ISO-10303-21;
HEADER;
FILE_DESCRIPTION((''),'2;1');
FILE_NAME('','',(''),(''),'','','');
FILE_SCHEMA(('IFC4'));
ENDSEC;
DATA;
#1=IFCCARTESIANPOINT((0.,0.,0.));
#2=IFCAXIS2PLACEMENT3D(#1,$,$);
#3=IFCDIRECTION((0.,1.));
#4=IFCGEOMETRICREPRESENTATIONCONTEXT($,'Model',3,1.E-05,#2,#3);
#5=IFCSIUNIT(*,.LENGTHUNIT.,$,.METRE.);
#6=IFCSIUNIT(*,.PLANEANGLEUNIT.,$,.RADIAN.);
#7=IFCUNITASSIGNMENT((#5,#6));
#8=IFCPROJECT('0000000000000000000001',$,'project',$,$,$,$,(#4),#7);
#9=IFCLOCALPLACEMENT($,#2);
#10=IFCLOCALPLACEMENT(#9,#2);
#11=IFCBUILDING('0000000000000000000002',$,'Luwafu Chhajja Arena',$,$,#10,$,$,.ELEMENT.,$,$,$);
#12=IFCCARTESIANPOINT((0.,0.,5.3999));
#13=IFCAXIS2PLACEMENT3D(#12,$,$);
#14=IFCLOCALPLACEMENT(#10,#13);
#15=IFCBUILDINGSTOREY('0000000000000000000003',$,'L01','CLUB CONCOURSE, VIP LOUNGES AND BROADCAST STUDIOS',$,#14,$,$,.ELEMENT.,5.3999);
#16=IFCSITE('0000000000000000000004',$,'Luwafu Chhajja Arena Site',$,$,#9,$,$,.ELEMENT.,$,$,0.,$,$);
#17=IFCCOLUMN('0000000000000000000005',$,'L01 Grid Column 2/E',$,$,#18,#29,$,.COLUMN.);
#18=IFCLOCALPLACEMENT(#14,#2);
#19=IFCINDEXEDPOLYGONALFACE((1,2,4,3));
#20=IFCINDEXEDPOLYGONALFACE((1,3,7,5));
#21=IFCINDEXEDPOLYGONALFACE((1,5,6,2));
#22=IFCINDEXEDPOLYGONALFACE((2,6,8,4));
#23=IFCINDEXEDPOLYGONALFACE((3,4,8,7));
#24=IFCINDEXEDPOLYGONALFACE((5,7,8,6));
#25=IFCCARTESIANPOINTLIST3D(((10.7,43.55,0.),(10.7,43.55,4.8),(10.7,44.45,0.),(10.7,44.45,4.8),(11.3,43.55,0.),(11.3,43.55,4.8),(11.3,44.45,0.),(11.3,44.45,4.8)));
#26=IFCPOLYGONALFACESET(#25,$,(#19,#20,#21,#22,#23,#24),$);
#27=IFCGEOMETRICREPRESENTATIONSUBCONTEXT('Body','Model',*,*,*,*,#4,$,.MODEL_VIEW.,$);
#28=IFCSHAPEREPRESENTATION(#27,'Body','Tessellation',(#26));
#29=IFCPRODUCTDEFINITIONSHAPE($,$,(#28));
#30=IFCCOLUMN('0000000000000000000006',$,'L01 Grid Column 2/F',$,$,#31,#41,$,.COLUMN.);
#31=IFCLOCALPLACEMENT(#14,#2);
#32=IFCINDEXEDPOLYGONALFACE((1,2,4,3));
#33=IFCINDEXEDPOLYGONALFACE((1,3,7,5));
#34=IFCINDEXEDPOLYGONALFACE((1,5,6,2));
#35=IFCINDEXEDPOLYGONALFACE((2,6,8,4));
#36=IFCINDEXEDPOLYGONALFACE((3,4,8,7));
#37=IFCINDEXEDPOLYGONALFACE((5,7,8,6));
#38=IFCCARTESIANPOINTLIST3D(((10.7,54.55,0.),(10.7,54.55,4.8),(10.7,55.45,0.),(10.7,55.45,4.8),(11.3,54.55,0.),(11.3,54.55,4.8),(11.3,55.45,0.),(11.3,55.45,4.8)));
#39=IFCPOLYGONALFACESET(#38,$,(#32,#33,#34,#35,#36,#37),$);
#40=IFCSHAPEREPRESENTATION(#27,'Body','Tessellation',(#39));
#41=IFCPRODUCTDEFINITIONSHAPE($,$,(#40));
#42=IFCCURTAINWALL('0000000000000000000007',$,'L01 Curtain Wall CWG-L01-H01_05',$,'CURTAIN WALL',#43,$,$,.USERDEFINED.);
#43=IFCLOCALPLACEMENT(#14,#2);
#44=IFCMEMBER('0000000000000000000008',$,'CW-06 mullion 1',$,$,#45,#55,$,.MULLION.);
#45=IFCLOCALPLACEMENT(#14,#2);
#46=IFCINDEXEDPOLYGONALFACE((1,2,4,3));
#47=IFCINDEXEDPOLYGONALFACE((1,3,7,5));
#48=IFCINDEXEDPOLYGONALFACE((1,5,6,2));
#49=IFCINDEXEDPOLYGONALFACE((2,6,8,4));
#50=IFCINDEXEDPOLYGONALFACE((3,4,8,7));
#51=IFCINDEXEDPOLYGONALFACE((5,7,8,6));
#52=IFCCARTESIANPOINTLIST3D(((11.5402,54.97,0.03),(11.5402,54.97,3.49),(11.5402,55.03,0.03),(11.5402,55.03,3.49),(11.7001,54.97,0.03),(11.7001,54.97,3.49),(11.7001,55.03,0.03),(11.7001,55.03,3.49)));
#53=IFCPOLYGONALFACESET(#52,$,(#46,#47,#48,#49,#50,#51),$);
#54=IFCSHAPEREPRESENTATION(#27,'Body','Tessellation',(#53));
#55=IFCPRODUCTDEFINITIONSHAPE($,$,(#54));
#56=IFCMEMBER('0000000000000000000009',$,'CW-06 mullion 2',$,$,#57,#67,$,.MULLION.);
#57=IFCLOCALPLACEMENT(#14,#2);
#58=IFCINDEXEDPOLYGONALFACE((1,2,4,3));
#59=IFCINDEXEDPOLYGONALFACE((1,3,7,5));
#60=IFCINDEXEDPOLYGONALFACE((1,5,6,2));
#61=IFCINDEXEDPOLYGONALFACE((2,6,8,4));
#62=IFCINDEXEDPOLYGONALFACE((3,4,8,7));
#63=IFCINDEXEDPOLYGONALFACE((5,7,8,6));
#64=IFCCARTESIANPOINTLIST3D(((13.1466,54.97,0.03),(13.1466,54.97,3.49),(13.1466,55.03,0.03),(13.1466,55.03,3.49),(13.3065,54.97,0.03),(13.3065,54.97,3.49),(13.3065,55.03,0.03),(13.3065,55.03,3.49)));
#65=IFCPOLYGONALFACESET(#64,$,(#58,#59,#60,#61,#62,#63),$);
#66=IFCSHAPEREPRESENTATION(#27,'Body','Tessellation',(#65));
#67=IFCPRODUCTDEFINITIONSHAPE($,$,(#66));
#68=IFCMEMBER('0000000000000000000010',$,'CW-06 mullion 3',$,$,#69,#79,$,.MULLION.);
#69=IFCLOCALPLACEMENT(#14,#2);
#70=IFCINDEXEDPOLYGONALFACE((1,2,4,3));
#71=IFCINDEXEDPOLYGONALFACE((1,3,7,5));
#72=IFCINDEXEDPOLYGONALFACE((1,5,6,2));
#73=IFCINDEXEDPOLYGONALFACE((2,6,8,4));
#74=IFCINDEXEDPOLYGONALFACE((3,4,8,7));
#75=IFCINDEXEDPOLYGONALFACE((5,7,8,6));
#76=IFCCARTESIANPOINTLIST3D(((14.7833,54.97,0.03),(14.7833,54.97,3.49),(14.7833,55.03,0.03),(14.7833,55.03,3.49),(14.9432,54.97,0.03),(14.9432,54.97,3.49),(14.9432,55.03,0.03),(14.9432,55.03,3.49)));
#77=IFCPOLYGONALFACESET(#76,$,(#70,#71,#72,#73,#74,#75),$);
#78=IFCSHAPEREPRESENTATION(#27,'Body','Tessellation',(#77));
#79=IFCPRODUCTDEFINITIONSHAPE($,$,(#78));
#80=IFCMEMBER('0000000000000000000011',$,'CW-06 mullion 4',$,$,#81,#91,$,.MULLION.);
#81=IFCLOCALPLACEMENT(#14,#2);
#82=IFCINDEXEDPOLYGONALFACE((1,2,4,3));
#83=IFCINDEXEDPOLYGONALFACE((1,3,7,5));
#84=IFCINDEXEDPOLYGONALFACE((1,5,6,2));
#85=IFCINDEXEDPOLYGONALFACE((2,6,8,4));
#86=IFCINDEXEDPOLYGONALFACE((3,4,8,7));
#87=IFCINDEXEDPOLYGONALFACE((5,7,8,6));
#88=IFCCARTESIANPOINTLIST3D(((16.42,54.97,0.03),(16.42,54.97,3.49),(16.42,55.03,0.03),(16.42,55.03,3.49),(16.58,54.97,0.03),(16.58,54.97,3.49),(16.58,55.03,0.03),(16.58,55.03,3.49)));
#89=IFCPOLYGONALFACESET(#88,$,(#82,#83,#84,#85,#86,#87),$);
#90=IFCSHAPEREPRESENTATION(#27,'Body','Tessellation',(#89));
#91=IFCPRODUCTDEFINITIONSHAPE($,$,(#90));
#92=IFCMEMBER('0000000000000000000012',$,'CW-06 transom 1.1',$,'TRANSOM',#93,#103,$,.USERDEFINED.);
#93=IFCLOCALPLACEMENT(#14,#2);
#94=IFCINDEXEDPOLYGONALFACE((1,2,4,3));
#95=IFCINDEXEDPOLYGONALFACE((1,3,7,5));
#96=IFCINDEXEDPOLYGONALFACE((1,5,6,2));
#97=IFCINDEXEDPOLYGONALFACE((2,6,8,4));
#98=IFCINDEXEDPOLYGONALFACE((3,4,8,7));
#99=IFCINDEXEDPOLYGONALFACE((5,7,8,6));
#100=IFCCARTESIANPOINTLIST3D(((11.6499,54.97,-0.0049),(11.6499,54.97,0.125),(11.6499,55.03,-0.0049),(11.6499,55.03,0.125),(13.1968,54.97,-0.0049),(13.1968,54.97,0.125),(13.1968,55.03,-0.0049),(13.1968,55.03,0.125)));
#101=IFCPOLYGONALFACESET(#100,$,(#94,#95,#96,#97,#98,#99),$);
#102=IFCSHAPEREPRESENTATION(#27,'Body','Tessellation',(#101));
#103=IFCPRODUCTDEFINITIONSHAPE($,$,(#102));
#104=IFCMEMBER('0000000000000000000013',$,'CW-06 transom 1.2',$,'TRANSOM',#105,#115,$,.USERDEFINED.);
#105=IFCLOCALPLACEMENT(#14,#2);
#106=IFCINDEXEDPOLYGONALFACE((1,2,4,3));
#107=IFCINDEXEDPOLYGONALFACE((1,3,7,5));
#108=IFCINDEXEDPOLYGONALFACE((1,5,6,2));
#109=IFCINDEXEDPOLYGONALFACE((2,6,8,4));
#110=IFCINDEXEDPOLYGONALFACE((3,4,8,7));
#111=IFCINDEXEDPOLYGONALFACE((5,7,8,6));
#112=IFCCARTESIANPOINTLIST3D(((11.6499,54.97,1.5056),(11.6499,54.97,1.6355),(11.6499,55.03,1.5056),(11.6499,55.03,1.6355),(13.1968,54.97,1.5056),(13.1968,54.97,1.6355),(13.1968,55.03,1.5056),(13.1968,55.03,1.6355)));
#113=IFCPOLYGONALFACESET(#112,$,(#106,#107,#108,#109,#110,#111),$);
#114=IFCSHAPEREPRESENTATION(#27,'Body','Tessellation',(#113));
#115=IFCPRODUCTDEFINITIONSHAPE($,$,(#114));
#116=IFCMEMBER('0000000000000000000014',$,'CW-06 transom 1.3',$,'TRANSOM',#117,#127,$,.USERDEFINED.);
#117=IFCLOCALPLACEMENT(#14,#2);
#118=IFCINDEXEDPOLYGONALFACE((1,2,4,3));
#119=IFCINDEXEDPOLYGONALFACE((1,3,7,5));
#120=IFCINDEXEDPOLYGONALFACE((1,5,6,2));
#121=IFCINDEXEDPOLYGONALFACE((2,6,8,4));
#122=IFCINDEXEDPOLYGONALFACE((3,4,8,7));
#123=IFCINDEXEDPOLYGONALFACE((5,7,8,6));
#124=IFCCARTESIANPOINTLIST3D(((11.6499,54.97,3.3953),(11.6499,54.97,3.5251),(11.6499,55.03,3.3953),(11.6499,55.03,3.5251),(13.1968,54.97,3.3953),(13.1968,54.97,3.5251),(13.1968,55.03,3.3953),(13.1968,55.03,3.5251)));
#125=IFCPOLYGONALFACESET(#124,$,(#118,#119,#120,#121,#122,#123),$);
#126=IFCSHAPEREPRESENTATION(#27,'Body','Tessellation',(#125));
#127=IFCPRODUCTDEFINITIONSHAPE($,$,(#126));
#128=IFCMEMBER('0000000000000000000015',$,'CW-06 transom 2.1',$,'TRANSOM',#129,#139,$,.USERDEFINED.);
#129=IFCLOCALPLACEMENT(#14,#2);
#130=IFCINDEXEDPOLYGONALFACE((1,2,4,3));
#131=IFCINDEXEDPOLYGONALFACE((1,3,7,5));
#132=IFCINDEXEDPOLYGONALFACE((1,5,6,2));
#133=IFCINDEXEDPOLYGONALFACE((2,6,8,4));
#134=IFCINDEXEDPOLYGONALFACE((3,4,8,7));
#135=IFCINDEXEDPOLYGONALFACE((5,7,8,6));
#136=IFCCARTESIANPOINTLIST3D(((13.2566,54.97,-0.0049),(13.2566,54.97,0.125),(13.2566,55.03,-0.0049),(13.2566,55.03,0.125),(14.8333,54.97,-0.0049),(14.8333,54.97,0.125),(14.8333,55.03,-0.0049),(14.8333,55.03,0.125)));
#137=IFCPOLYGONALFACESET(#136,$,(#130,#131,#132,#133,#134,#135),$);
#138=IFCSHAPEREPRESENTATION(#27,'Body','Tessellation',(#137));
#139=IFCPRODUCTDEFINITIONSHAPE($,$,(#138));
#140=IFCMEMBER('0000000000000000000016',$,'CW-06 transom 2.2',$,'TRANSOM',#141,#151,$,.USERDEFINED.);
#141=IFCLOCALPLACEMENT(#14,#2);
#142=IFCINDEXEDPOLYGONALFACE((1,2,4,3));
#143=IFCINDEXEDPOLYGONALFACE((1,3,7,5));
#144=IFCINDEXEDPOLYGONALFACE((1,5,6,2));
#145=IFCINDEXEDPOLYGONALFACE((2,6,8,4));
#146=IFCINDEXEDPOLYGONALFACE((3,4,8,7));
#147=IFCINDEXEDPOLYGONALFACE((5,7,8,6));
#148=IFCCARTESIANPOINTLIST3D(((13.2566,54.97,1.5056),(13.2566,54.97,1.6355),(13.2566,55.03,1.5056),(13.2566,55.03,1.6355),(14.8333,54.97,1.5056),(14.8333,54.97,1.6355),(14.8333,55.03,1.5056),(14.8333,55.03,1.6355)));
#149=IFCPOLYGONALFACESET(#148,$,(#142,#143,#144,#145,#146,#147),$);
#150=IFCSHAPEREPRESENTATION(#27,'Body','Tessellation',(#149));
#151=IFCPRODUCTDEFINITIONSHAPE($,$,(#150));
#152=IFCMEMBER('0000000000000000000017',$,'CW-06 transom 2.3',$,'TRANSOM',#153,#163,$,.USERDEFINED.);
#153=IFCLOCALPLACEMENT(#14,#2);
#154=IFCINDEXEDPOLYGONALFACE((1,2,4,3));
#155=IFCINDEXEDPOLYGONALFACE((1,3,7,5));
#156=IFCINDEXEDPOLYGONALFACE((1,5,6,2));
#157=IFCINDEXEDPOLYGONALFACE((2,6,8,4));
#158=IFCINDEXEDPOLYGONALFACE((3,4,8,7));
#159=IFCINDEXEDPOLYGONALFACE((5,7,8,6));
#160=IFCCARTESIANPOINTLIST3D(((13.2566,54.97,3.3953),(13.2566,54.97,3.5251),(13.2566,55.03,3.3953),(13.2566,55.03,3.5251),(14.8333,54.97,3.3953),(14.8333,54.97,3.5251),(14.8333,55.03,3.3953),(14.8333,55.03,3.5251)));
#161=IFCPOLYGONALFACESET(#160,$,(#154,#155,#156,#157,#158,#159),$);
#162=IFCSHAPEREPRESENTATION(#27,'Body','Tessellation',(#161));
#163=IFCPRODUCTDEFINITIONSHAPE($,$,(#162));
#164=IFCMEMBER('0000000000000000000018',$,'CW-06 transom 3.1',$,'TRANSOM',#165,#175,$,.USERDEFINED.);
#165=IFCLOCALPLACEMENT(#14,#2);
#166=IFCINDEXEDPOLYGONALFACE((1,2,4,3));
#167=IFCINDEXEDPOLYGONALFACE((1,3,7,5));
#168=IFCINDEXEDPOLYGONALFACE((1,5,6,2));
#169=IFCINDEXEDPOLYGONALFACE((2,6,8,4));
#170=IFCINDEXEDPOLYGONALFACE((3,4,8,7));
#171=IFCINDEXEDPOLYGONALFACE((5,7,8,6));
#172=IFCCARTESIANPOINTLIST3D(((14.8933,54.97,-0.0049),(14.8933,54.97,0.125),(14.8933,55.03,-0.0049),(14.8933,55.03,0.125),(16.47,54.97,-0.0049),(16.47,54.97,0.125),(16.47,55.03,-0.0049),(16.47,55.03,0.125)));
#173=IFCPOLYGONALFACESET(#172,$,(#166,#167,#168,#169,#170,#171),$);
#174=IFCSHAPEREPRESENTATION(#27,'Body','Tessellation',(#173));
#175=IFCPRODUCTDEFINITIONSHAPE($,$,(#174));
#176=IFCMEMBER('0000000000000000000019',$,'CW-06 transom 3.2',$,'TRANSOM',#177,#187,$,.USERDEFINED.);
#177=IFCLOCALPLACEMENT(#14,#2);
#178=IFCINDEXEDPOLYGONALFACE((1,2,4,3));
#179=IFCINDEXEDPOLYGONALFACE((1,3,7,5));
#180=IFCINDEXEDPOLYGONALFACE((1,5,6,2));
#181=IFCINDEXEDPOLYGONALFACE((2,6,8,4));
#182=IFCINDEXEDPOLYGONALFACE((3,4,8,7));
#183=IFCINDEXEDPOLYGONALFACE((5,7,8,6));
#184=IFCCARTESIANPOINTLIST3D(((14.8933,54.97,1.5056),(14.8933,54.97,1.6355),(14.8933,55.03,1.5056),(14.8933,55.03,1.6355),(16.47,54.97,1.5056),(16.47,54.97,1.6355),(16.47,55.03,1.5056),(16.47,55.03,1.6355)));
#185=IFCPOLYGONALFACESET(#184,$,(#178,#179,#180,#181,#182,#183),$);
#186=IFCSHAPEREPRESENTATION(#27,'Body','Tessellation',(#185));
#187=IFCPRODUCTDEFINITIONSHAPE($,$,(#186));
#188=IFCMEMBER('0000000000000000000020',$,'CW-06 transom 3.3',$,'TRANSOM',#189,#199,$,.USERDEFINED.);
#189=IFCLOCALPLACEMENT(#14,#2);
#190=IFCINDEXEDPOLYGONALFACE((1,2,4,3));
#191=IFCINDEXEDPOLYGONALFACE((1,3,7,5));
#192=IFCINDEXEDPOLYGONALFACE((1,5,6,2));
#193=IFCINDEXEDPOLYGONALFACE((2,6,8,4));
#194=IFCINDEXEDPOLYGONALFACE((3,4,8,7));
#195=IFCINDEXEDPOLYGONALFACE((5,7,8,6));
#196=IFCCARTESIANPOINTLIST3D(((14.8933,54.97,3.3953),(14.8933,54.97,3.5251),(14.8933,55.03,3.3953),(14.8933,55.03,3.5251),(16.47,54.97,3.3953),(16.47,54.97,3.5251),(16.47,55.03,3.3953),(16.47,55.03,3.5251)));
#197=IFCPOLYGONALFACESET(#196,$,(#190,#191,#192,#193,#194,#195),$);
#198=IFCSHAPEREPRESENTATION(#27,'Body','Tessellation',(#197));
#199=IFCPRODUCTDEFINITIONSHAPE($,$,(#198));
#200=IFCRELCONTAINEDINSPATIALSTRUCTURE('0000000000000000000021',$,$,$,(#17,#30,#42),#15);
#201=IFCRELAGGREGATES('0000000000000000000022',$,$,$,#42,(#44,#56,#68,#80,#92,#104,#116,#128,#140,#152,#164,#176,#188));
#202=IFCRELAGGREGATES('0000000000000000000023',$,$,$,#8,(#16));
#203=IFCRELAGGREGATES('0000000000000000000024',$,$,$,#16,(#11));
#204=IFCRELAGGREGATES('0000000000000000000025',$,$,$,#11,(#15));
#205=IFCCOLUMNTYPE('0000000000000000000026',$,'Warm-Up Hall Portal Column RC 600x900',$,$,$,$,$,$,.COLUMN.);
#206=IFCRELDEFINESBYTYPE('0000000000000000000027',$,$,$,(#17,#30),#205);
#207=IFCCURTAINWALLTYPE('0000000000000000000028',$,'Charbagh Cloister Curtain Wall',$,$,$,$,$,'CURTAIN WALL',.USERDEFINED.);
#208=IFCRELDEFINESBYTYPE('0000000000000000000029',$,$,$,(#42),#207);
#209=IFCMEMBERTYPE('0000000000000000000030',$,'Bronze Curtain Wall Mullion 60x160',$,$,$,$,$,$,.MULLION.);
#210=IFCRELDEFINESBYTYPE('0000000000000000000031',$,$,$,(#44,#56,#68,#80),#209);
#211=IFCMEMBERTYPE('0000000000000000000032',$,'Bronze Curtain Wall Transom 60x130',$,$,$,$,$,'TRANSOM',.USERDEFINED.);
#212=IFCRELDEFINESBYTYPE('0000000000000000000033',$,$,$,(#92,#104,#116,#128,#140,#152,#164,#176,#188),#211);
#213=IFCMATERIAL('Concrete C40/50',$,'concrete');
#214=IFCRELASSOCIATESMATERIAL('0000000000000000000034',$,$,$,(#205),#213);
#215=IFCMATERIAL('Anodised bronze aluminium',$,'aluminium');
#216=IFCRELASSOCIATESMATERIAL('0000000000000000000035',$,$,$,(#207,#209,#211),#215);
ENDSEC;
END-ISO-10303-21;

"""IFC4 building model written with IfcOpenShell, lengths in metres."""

from ifc_helpers import new_model, si_unit, direction, frame, origin, origin_2d, place, context, subcontext, project, spatial, rectangle, extrude, material, material_profile, profile_set, type_object, element, aggregate, save


model = new_model("IFC4")

# Units and contexts
model_context = context("Model", 3, precision=1e-05, world=origin(), true_north=direction((0.0, 1.0)))
body_context = subcontext(model_context, "Body", "Model", "MODEL_VIEW")
ifc_project = project(units=[si_unit("LENGTHUNIT", "METRE"), si_unit("PLANEANGLEUNIT", "RADIAN")], contexts=[model_context])

# Site, building, storey
site_placement = place(None, origin())
site = spatial("IfcSite", under=ifc_project, at=site_placement, Name="Luwafu Chhajja Arena Site", CompositionType="ELEMENT", RefElevation=0.0)
building_placement = place(site_placement, origin())
building = spatial("IfcBuilding", under=site, at=building_placement, Name="Luwafu Chhajja Arena", CompositionType="ELEMENT")
storey_placement = place(building_placement, frame((0.0, 0.0, 5.3999)))
storey = spatial("IfcBuildingStorey", under=building, at=storey_placement, Name="L01", Description="CLUB CONCOURSE, VIP LOUNGES AND BROADCAST STUDIOS", CompositionType="ELEMENT", Elevation=5.3999)

# Columns
ifc_material_1 = material(Name="Concrete C40/50", Category="concrete")
ifc_material_profile_1 = material_profile(ifc_material_1, rectangle(XDim=0.6001, YDim=0.8999, at=origin_2d()), Name="RC 600x900")
ifc_profile_set_1 = profile_set([ifc_material_profile_1], Name="Concrete C40/50")
column_type = type_object("IfcColumnType", Name="Warm-Up Hall Portal Column RC 600x900", PredefinedType="COLUMN", material=ifc_profile_set_1)
for number, where, z_axis, x_axis, name in (
    (1, (11.0, 44.0, 0.0), (0.0, 0.0, 1.0), (1.0, 0.0, 0.0), "L01 Grid Column 2/E"),
    (2, (11.0, 55.0, 0.0), (0.0, 0.0, 1.0), (1.0, 0.0, 0.0), "L01 Grid Column 2/F"),
):
    element("IfcColumn", number, at=place(storey_placement, frame(where, z_axis=z_axis, x_axis=x_axis)), inside=storey, type_object=column_type, Name=name, PredefinedType="COLUMN", context=body_context, shape_type="SweptSolid", body=[
        extrude(rectangle(XDim=0.6001, YDim=0.8999, at=origin_2d()), origin(), (0.0, 0.0, 1.0), 4.8),
    ])

# Curtain wall, members
ifc_material_2 = material(Name="Anodised bronze aluminium", Category="aluminium")
curtain_wall_type = type_object("IfcCurtainWallType", Name="Charbagh Cloister Curtain Wall", ElementType="CURTAIN WALL", PredefinedType="USERDEFINED", material=ifc_material_2)
curtain_wall_placement = place(storey_placement, origin())
curtain_wall = element("IfcCurtainWall", 3, at=curtain_wall_placement, inside=storey, type_object=curtain_wall_type, Name="L01 Curtain Wall CWG-L01-H01_05", ObjectType="CURTAIN WALL", PredefinedType="USERDEFINED")
ifc_material_profile_2 = material_profile(ifc_material_2, rectangle(XDim=0.0601, YDim=0.1599, at=origin_2d()), Name="CWM 60x160")
ifc_profile_set_2 = profile_set([ifc_material_profile_2], Name="Anodised bronze aluminium")
member_type_1 = type_object("IfcMemberType", Name="Bronze Curtain Wall Mullion 60x160", PredefinedType="MULLION", material=ifc_profile_set_2)
member_1_placement = place(storey_placement, frame((11.6201, 55.0, 0.03), z_axis=(0.0, 0.0, 1.0), x_axis=(0.0, 1.0, 0.0)))
member_1 = element("IfcMember", 4, at=member_1_placement, type_object=member_type_1, Name="CW-06 mullion 1", PredefinedType="MULLION", context=body_context, shape_type="SweptSolid", body=[
    extrude(rectangle(XDim=0.0601, YDim=0.1599, at=origin_2d()), origin(), (0.0, 0.0, 1.0), 3.46),
])
member_2_placement = place(storey_placement, frame((13.2266, 55.0, 0.03), z_axis=(0.0, 0.0, 1.0), x_axis=(0.0, 1.0, 0.0)))
member_2 = element("IfcMember", 5, at=member_2_placement, type_object=member_type_1, Name="CW-06 mullion 2", PredefinedType="MULLION", context=body_context, shape_type="SweptSolid", body=[
    extrude(rectangle(XDim=0.0601, YDim=0.1599, at=origin_2d()), origin(), (0.0, 0.0, 1.0), 3.46),
])
member_3_placement = place(storey_placement, frame((14.8633, 55.0, 0.03), z_axis=(0.0, 0.0, 1.0), x_axis=(0.0, 1.0, 0.0)))
member_3 = element("IfcMember", 6, at=member_3_placement, type_object=member_type_1, Name="CW-06 mullion 3", PredefinedType="MULLION", context=body_context, shape_type="SweptSolid", body=[
    extrude(rectangle(XDim=0.0601, YDim=0.1599, at=origin_2d()), origin(), (0.0, 0.0, 1.0), 3.46),
])
member_4_placement = place(storey_placement, frame((16.5, 55.0, 0.03), z_axis=(0.0, 0.0, 1.0), x_axis=(0.0, 1.0, 0.0)))
member_4 = element("IfcMember", 7, at=member_4_placement, type_object=member_type_1, Name="CW-06 mullion 4", PredefinedType="MULLION", context=body_context, shape_type="SweptSolid", body=[
    extrude(rectangle(XDim=0.0601, YDim=0.1599, at=origin_2d()), origin(), (0.0, 0.0, 1.0), 3.46),
])
ifc_material_profile_3 = material_profile(ifc_material_2, rectangle(XDim=0.0601, YDim=0.1299, at=origin_2d()), Name="CWT 60x130")
ifc_profile_set_3 = profile_set([ifc_material_profile_3], Name="Anodised bronze aluminium")
member_type_2 = type_object("IfcMemberType", Name="Bronze Curtain Wall Transom 60x130", ElementType="TRANSOM", PredefinedType="USERDEFINED", material=ifc_profile_set_3)
member_5_placement = place(storey_placement, frame((11.6499, 55.0, 0.0601), z_axis=(1.0, 0.0, 0.0), x_axis=(0.0, 1.0, 0.0)))
member_5 = element("IfcMember", 8, at=member_5_placement, type_object=member_type_2, Name="CW-06 transom 1.1", ObjectType="TRANSOM", PredefinedType="USERDEFINED", context=body_context, shape_type="SweptSolid", body=[
    extrude(rectangle(XDim=0.0601, YDim=0.1299, at=origin_2d()), origin(), (0.0, 0.0, 1.0), 1.5469),
])
member_6_placement = place(storey_placement, frame((11.6499, 55.0, 1.5706), z_axis=(1.0, 0.0, 0.0), x_axis=(0.0, 1.0, 0.0)))
member_6 = element("IfcMember", 9, at=member_6_placement, type_object=member_type_2, Name="CW-06 transom 1.2", ObjectType="TRANSOM", PredefinedType="USERDEFINED", context=body_context, shape_type="SweptSolid", body=[
    extrude(rectangle(XDim=0.0601, YDim=0.1299, at=origin_2d()), origin(), (0.0, 0.0, 1.0), 1.5469),
])
member_7_placement = place(storey_placement, frame((11.6499, 55.0, 3.4602), z_axis=(1.0, 0.0, 0.0), x_axis=(0.0, 1.0, 0.0)))
member_7 = element("IfcMember", 10, at=member_7_placement, type_object=member_type_2, Name="CW-06 transom 1.3", ObjectType="TRANSOM", PredefinedType="USERDEFINED", context=body_context, shape_type="SweptSolid", body=[
    extrude(rectangle(XDim=0.0601, YDim=0.1299, at=origin_2d()), origin(), (0.0, 0.0, 1.0), 1.5469),
])
member_8_placement = place(storey_placement, frame((13.2566, 55.0, 0.0601), z_axis=(1.0, 0.0, 0.0), x_axis=(0.0, 1.0, 0.0)))
member_8 = element("IfcMember", 11, at=member_8_placement, type_object=member_type_2, Name="CW-06 transom 2.1", ObjectType="TRANSOM", PredefinedType="USERDEFINED", context=body_context, shape_type="SweptSolid", body=[
    extrude(rectangle(XDim=0.0601, YDim=0.1299, at=origin_2d()), origin(), (0.0, 0.0, 1.0), 1.5767),
])
member_9_placement = place(storey_placement, frame((13.2566, 55.0, 1.5706), z_axis=(1.0, 0.0, 0.0), x_axis=(0.0, 1.0, 0.0)))
member_9 = element("IfcMember", 12, at=member_9_placement, type_object=member_type_2, Name="CW-06 transom 2.2", ObjectType="TRANSOM", PredefinedType="USERDEFINED", context=body_context, shape_type="SweptSolid", body=[
    extrude(rectangle(XDim=0.0601, YDim=0.1299, at=origin_2d()), origin(), (0.0, 0.0, 1.0), 1.5767),
])
member_10_placement = place(storey_placement, frame((13.2566, 55.0, 3.4602), z_axis=(1.0, 0.0, 0.0), x_axis=(0.0, 1.0, 0.0)))
member_10 = element("IfcMember", 13, at=member_10_placement, type_object=member_type_2, Name="CW-06 transom 2.3", ObjectType="TRANSOM", PredefinedType="USERDEFINED", context=body_context, shape_type="SweptSolid", body=[
    extrude(rectangle(XDim=0.0601, YDim=0.1299, at=origin_2d()), origin(), (0.0, 0.0, 1.0), 1.5767),
])
member_11_placement = place(storey_placement, frame((14.8933, 55.0, 0.0601), z_axis=(1.0, 0.0, 0.0), x_axis=(0.0, 1.0, 0.0)))
member_11 = element("IfcMember", 14, at=member_11_placement, type_object=member_type_2, Name="CW-06 transom 3.1", ObjectType="TRANSOM", PredefinedType="USERDEFINED", context=body_context, shape_type="SweptSolid", body=[
    extrude(rectangle(XDim=0.0601, YDim=0.1299, at=origin_2d()), origin(), (0.0, 0.0, 1.0), 1.5767),
])
member_12_placement = place(storey_placement, frame((14.8933, 55.0, 1.5706), z_axis=(1.0, 0.0, 0.0), x_axis=(0.0, 1.0, 0.0)))
member_12 = element("IfcMember", 15, at=member_12_placement, type_object=member_type_2, Name="CW-06 transom 3.2", ObjectType="TRANSOM", PredefinedType="USERDEFINED", context=body_context, shape_type="SweptSolid", body=[
    extrude(rectangle(XDim=0.0601, YDim=0.1299, at=origin_2d()), origin(), (0.0, 0.0, 1.0), 1.5767),
])
member_13_placement = place(storey_placement, frame((14.8933, 55.0, 3.4602), z_axis=(1.0, 0.0, 0.0), x_axis=(0.0, 1.0, 0.0)))
member_13 = element("IfcMember", 16, at=member_13_placement, type_object=member_type_2, Name="CW-06 transom 3.3", ObjectType="TRANSOM", PredefinedType="USERDEFINED", context=body_context, shape_type="SweptSolid", body=[
    extrude(rectangle(XDim=0.0601, YDim=0.1299, at=origin_2d()), origin(), (0.0, 0.0, 1.0), 1.5767),
])

aggregate(curtain_wall, [member_1, member_2, member_3, member_4, member_5, member_6, member_7, member_8, member_9, member_10, member_11, member_12, member_13])

save(model, "model.ifc")
